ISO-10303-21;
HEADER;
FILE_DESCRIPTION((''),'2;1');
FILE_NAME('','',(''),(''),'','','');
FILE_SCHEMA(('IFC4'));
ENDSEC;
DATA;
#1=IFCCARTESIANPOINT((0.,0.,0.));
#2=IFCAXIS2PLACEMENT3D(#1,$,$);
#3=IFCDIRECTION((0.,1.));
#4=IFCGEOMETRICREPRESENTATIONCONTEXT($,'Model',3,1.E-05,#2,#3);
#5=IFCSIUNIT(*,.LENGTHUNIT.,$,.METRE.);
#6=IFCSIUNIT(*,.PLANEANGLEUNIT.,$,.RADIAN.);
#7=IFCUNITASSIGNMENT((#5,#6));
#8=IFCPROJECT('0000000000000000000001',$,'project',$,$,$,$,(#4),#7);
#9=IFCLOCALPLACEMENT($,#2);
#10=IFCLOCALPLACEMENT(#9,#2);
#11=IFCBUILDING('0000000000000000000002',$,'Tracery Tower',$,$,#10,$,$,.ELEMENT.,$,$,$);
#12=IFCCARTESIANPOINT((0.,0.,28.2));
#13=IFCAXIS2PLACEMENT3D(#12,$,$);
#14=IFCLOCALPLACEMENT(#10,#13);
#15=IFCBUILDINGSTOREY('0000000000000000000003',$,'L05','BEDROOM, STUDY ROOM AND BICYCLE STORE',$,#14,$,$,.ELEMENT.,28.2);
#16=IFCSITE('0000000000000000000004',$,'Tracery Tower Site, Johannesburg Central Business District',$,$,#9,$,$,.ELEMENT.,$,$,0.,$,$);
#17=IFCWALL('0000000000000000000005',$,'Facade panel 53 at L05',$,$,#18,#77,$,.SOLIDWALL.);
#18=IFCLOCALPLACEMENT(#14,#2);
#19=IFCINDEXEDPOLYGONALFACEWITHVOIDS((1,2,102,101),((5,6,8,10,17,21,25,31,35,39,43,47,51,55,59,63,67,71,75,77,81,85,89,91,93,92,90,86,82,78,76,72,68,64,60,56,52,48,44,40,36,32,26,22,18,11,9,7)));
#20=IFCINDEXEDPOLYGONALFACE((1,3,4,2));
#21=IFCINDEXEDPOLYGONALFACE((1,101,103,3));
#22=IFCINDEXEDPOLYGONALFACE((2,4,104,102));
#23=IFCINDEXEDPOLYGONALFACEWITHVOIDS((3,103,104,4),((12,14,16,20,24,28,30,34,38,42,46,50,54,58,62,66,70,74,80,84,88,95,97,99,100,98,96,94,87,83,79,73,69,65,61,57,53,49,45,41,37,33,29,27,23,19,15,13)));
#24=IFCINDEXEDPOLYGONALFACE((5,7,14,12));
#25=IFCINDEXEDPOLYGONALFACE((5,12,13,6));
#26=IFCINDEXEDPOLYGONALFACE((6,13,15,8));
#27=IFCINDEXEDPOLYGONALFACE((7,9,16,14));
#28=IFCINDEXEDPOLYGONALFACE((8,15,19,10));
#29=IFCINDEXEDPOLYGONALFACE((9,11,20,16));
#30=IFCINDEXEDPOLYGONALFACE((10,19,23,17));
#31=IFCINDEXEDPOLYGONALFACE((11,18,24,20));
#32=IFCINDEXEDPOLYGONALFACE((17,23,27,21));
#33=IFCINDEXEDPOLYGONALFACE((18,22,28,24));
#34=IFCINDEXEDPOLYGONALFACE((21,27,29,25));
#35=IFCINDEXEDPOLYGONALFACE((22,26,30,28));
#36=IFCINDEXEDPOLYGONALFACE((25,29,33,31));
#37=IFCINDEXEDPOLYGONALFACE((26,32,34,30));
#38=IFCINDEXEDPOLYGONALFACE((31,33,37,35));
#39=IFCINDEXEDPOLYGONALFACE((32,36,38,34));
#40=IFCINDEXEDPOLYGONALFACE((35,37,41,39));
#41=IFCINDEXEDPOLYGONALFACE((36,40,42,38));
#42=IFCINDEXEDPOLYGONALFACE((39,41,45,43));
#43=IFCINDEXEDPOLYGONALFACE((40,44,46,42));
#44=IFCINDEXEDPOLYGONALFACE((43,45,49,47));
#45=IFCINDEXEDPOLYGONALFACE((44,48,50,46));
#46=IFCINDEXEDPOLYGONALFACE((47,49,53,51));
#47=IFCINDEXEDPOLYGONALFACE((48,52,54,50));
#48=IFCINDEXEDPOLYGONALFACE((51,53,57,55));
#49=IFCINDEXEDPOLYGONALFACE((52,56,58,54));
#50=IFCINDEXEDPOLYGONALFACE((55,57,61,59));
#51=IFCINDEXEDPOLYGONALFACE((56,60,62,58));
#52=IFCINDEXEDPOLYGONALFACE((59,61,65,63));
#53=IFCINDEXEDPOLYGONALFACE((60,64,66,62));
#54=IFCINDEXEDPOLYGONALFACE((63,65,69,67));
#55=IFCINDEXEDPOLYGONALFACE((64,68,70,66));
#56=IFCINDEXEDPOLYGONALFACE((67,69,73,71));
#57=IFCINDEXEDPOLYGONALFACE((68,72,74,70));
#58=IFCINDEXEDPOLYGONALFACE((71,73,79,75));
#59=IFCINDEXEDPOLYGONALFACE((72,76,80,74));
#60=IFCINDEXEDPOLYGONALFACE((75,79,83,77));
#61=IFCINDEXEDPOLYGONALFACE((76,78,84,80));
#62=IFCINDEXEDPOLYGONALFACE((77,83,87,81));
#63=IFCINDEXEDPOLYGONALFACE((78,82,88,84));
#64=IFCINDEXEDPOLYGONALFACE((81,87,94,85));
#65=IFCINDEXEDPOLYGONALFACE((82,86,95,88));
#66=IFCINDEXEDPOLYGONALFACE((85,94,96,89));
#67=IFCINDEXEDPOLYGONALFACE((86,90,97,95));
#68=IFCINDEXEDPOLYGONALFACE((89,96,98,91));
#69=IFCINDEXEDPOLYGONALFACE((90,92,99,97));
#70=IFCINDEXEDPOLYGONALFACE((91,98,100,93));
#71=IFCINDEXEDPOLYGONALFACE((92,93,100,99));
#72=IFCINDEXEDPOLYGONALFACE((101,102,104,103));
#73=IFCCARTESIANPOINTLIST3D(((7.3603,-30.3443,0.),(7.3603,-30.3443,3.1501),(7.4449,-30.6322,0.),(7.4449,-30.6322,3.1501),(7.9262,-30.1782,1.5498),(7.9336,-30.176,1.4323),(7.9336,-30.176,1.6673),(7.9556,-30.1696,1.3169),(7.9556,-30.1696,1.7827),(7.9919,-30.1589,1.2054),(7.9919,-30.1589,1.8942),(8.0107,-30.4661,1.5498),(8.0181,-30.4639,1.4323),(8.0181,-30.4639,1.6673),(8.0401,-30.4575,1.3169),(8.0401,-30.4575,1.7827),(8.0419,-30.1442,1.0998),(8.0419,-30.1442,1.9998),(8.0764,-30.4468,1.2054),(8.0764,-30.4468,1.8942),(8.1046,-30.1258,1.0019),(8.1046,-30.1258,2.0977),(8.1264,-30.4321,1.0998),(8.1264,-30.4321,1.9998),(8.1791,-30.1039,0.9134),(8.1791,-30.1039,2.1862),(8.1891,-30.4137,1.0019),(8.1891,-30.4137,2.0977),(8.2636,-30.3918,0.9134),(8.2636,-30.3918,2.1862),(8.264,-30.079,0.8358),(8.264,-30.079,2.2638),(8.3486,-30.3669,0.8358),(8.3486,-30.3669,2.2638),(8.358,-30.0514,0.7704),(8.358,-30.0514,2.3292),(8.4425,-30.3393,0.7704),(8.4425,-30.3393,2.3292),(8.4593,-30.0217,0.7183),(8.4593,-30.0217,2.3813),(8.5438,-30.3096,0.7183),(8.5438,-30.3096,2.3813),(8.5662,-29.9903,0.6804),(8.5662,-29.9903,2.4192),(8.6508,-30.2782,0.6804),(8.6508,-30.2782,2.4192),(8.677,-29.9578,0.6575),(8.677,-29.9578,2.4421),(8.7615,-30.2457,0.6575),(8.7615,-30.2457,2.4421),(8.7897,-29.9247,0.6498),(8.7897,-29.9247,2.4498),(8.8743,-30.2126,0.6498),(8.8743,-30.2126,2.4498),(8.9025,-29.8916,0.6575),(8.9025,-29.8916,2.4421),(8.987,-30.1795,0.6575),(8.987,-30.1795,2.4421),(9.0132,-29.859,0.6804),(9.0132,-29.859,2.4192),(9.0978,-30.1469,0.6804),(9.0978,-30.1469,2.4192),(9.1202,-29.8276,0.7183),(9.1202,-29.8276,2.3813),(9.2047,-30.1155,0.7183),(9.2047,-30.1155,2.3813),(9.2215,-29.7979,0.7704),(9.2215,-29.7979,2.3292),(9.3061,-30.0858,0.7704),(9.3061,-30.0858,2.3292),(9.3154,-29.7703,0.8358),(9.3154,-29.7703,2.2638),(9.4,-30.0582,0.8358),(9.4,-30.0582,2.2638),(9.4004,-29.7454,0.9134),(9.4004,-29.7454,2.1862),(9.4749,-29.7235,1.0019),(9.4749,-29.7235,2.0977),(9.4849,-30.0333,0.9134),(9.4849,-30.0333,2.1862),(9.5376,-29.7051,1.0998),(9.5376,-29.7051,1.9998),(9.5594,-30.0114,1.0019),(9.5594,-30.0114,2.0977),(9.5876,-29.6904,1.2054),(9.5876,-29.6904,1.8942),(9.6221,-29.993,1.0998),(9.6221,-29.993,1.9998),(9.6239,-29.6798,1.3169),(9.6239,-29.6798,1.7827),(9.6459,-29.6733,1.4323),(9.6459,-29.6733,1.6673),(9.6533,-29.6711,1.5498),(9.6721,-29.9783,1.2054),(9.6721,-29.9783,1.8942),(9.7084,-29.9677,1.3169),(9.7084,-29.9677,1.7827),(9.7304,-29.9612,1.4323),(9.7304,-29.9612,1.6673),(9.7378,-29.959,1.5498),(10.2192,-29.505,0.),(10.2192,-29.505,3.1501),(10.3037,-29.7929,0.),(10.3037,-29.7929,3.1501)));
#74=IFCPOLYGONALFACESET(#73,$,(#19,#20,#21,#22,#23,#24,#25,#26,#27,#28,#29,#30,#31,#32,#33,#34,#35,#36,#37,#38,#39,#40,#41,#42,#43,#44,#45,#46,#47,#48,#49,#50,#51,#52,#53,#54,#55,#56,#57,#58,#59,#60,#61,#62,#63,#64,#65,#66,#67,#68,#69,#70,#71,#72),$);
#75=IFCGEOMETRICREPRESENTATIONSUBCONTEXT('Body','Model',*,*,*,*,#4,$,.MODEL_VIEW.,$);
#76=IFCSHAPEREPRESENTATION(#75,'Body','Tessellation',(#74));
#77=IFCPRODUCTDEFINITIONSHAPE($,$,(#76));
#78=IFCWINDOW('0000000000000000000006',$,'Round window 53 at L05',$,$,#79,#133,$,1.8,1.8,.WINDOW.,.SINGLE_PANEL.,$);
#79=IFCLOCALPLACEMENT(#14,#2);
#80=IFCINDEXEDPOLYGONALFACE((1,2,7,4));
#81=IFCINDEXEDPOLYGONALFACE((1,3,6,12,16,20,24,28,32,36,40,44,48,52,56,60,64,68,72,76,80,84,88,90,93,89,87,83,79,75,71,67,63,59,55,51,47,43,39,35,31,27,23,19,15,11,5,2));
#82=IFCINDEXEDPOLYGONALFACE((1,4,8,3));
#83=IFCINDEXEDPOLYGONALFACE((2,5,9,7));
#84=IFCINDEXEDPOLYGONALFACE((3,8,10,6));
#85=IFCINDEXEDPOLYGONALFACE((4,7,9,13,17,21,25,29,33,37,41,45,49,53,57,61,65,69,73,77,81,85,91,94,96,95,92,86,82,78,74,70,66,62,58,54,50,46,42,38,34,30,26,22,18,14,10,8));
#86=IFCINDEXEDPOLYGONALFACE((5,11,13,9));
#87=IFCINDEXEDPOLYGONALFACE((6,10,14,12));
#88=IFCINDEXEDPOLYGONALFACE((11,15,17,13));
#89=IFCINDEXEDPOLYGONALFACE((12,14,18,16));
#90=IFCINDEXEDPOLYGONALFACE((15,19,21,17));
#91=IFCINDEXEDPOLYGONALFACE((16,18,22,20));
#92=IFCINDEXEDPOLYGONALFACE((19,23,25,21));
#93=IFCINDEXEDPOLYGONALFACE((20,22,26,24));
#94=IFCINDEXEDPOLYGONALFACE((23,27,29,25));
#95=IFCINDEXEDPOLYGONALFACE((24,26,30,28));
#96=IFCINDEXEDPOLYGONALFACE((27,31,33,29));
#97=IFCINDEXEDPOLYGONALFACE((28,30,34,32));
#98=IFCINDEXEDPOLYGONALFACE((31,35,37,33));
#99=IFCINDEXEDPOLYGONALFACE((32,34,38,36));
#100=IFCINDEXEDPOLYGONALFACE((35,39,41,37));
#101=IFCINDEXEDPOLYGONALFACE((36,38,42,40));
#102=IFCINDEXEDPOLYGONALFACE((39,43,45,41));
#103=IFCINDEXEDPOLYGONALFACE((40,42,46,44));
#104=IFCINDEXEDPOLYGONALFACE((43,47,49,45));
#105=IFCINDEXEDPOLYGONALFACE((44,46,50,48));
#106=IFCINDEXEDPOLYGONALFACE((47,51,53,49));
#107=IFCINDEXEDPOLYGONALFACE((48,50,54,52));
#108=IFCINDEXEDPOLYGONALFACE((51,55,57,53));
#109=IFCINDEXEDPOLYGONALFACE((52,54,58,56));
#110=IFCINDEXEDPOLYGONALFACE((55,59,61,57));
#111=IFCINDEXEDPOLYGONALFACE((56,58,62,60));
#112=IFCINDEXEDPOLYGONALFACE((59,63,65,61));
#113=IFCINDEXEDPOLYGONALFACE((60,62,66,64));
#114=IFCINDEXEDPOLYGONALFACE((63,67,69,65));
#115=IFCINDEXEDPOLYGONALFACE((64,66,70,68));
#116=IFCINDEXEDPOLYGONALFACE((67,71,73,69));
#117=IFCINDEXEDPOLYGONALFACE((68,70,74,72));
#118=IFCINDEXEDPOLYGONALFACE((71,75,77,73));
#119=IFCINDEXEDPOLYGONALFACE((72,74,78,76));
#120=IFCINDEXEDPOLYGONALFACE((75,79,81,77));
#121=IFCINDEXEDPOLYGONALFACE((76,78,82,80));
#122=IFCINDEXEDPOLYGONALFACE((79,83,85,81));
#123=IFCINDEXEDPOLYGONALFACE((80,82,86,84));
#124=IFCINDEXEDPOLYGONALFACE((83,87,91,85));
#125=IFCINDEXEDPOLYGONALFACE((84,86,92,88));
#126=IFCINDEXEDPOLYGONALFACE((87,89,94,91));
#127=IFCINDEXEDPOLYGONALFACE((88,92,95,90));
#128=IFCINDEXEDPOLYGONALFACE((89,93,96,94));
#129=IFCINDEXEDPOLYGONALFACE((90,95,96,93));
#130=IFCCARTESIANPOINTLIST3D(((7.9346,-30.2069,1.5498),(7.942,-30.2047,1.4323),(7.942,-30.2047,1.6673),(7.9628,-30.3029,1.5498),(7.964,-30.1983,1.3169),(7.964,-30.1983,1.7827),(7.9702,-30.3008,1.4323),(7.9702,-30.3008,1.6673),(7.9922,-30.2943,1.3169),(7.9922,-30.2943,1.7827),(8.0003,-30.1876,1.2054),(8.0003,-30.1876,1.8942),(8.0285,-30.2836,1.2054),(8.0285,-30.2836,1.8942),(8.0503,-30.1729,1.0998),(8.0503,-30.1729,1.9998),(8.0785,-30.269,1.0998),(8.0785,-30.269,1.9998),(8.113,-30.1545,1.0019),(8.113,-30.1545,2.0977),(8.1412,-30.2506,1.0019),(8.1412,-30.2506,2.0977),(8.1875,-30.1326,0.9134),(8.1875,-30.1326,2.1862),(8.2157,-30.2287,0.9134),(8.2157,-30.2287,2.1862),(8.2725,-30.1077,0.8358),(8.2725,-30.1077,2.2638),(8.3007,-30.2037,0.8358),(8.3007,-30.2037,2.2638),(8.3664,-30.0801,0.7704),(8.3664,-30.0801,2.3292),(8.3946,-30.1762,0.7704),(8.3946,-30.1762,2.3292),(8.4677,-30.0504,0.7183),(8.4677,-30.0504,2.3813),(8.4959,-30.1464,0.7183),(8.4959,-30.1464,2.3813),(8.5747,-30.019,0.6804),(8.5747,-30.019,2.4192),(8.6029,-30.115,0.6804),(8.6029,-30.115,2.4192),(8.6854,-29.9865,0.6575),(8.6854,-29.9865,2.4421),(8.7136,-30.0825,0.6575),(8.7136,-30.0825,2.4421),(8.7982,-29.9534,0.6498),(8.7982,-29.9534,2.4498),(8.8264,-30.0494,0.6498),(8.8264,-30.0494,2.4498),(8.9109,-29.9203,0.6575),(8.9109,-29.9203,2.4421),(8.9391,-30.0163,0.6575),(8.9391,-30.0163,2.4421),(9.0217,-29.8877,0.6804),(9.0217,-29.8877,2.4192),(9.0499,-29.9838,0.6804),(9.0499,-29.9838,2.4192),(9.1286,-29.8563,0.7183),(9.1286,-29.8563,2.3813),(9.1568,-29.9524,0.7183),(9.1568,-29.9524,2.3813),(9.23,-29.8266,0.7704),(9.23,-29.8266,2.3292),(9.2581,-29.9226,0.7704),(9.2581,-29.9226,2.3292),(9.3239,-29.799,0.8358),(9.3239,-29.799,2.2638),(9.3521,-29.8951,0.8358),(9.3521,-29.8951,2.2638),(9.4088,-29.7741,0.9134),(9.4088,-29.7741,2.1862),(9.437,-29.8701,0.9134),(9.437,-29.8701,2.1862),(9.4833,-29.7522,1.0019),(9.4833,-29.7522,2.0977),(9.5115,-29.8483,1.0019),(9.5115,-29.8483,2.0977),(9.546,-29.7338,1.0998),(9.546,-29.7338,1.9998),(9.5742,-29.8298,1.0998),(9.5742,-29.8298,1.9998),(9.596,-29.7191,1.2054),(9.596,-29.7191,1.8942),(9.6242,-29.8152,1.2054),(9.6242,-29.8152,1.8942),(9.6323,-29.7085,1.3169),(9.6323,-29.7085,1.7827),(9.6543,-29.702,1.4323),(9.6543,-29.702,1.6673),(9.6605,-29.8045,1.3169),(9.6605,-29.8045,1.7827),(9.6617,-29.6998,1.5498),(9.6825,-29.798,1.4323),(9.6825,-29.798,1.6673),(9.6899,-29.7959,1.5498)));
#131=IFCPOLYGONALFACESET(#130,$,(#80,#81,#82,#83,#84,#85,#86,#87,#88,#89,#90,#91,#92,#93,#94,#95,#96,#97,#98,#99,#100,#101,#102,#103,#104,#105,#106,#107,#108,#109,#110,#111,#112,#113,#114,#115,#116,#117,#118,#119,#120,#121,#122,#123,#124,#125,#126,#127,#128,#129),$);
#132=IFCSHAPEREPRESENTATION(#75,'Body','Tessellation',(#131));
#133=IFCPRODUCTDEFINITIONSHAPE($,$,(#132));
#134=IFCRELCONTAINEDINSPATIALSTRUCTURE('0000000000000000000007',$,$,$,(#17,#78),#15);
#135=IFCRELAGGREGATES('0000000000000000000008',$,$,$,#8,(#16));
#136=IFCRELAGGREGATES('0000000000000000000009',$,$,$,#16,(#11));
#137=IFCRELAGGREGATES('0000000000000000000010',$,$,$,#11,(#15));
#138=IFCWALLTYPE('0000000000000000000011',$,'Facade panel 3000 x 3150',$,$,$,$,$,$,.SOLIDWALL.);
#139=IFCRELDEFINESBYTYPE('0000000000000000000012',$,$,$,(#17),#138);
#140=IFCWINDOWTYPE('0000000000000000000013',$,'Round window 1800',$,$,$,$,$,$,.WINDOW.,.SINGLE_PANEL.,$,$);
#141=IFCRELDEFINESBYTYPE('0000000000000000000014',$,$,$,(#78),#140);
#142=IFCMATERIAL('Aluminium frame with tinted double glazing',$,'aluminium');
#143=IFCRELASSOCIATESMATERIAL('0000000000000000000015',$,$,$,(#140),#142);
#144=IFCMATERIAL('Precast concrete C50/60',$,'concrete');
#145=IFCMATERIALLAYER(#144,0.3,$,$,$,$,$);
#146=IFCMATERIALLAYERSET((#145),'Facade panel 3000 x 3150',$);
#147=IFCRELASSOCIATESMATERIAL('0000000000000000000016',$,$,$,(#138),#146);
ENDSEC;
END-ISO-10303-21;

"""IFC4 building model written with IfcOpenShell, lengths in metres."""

from ifc_helpers import new_model, si_unit, direction, frame, frame_2d, origin, origin_2d, place, context, subcontext, project, spatial, rectangle, circle, extrude, material, layer, layer_set, type_object, element, fill, save


model = new_model("IFC4")

# Units and contexts
model_context = context("Model", 3, precision=1e-05, world=origin(), true_north=direction((0.0, 1.0)))
body_context = subcontext(model_context, "Body", "Model", "MODEL_VIEW")
ifc_project = project(units=[si_unit("LENGTHUNIT", "METRE"), si_unit("PLANEANGLEUNIT", "RADIAN")], contexts=[model_context])

# Site, building, storey
site_placement = place(None, origin())
site = spatial("IfcSite", under=ifc_project, at=site_placement, Name="Tracery Tower Site, Johannesburg Central Business District", CompositionType="ELEMENT", RefElevation=0.0)
building_placement = place(site_placement, origin())
building = spatial("IfcBuilding", under=site, at=building_placement, Name="Tracery Tower", CompositionType="ELEMENT")
storey_placement = place(building_placement, frame((0.0, 0.0, 28.2)))
storey = spatial("IfcBuildingStorey", under=building, at=storey_placement, Name="L05", Description="BEDROOM, STUDY ROOM AND BICYCLE STORE", CompositionType="ELEMENT", Elevation=28.2)

# Wall, opening, window
ifc_material_1 = material(Name="Aluminium frame with tinted double glazing", Category="aluminium")
window_type = type_object("IfcWindowType", Name="Round window 1800", PartitioningType="SINGLE_PANEL", PredefinedType="WINDOW", material=ifc_material_1)
ifc_material_2 = material(Name="Precast concrete C50/60", Category="concrete")
ifc_layer_1 = layer(ifc_material_2, 0.3)
ifc_layer_set_1 = layer_set([ifc_layer_1], Name="Facade panel 3000 x 3150")
wall_type_1 = type_object("IfcWallType", Name="Facade panel 3000 x 3150", PredefinedType="SOLIDWALL", material=ifc_layer_set_1)
wall_1_placement = place(storey_placement, frame((7.4026, -30.4883, 0.0), z_axis=(0.0, 0.0, 1.0), x_axis=(0.959501, 0.281705, 0.0)))
wall_1 = element("IfcWall", 1, at=wall_1_placement, inside=storey, type_object=wall_type_1, Name="Facade panel 53 at L05", PredefinedType="SOLIDWALL", context=body_context, shape_type="SweptSolid", body=[
    extrude(rectangle(XDim=2.9795, YDim=0.3, at=frame_2d((1.4897, 0.0))), origin(), (0.0, 0.0, 1.0), 3.1501),
])
opening_1_placement = place(wall_1_placement, frame((1.4897, 0.0, 1.5498)))
opening_1 = element("IfcOpeningElement", 2, at=opening_1_placement, cuts=wall_1, PredefinedType="OPENING", context=body_context, shape_type="SweptSolid", body=[
    extrude(circle(Radius=0.9, at=origin_2d()), frame((0.0, 0.1599, 0.0), z_axis=(0.0, -1.0, 0.0), x_axis=(1.0, 0.0, 0.0)), (0.0, 0.0, 1.0), 0.3201),
])
window_1_placement = place(opening_1_placement, origin())
window_1 = element("IfcWindow", 3, at=window_1_placement, inside=storey, type_object=window_type, Name="Round window 53 at L05", OverallHeight=1.8, OverallWidth=1.8, PartitioningType="SINGLE_PANEL", PredefinedType="WINDOW", context=body_context, shape_type="SweptSolid", body=[
    extrude(circle(Radius=0.9, at=origin_2d()), frame((0.0, 0.1201, 0.0), z_axis=(0.0, -1.0, 0.0), x_axis=(1.0, 0.0, 0.0)), (0.0, 0.0, 1.0), 0.1001),
])
fill(opening_1, window_1)

save(model, "model.ifc")
